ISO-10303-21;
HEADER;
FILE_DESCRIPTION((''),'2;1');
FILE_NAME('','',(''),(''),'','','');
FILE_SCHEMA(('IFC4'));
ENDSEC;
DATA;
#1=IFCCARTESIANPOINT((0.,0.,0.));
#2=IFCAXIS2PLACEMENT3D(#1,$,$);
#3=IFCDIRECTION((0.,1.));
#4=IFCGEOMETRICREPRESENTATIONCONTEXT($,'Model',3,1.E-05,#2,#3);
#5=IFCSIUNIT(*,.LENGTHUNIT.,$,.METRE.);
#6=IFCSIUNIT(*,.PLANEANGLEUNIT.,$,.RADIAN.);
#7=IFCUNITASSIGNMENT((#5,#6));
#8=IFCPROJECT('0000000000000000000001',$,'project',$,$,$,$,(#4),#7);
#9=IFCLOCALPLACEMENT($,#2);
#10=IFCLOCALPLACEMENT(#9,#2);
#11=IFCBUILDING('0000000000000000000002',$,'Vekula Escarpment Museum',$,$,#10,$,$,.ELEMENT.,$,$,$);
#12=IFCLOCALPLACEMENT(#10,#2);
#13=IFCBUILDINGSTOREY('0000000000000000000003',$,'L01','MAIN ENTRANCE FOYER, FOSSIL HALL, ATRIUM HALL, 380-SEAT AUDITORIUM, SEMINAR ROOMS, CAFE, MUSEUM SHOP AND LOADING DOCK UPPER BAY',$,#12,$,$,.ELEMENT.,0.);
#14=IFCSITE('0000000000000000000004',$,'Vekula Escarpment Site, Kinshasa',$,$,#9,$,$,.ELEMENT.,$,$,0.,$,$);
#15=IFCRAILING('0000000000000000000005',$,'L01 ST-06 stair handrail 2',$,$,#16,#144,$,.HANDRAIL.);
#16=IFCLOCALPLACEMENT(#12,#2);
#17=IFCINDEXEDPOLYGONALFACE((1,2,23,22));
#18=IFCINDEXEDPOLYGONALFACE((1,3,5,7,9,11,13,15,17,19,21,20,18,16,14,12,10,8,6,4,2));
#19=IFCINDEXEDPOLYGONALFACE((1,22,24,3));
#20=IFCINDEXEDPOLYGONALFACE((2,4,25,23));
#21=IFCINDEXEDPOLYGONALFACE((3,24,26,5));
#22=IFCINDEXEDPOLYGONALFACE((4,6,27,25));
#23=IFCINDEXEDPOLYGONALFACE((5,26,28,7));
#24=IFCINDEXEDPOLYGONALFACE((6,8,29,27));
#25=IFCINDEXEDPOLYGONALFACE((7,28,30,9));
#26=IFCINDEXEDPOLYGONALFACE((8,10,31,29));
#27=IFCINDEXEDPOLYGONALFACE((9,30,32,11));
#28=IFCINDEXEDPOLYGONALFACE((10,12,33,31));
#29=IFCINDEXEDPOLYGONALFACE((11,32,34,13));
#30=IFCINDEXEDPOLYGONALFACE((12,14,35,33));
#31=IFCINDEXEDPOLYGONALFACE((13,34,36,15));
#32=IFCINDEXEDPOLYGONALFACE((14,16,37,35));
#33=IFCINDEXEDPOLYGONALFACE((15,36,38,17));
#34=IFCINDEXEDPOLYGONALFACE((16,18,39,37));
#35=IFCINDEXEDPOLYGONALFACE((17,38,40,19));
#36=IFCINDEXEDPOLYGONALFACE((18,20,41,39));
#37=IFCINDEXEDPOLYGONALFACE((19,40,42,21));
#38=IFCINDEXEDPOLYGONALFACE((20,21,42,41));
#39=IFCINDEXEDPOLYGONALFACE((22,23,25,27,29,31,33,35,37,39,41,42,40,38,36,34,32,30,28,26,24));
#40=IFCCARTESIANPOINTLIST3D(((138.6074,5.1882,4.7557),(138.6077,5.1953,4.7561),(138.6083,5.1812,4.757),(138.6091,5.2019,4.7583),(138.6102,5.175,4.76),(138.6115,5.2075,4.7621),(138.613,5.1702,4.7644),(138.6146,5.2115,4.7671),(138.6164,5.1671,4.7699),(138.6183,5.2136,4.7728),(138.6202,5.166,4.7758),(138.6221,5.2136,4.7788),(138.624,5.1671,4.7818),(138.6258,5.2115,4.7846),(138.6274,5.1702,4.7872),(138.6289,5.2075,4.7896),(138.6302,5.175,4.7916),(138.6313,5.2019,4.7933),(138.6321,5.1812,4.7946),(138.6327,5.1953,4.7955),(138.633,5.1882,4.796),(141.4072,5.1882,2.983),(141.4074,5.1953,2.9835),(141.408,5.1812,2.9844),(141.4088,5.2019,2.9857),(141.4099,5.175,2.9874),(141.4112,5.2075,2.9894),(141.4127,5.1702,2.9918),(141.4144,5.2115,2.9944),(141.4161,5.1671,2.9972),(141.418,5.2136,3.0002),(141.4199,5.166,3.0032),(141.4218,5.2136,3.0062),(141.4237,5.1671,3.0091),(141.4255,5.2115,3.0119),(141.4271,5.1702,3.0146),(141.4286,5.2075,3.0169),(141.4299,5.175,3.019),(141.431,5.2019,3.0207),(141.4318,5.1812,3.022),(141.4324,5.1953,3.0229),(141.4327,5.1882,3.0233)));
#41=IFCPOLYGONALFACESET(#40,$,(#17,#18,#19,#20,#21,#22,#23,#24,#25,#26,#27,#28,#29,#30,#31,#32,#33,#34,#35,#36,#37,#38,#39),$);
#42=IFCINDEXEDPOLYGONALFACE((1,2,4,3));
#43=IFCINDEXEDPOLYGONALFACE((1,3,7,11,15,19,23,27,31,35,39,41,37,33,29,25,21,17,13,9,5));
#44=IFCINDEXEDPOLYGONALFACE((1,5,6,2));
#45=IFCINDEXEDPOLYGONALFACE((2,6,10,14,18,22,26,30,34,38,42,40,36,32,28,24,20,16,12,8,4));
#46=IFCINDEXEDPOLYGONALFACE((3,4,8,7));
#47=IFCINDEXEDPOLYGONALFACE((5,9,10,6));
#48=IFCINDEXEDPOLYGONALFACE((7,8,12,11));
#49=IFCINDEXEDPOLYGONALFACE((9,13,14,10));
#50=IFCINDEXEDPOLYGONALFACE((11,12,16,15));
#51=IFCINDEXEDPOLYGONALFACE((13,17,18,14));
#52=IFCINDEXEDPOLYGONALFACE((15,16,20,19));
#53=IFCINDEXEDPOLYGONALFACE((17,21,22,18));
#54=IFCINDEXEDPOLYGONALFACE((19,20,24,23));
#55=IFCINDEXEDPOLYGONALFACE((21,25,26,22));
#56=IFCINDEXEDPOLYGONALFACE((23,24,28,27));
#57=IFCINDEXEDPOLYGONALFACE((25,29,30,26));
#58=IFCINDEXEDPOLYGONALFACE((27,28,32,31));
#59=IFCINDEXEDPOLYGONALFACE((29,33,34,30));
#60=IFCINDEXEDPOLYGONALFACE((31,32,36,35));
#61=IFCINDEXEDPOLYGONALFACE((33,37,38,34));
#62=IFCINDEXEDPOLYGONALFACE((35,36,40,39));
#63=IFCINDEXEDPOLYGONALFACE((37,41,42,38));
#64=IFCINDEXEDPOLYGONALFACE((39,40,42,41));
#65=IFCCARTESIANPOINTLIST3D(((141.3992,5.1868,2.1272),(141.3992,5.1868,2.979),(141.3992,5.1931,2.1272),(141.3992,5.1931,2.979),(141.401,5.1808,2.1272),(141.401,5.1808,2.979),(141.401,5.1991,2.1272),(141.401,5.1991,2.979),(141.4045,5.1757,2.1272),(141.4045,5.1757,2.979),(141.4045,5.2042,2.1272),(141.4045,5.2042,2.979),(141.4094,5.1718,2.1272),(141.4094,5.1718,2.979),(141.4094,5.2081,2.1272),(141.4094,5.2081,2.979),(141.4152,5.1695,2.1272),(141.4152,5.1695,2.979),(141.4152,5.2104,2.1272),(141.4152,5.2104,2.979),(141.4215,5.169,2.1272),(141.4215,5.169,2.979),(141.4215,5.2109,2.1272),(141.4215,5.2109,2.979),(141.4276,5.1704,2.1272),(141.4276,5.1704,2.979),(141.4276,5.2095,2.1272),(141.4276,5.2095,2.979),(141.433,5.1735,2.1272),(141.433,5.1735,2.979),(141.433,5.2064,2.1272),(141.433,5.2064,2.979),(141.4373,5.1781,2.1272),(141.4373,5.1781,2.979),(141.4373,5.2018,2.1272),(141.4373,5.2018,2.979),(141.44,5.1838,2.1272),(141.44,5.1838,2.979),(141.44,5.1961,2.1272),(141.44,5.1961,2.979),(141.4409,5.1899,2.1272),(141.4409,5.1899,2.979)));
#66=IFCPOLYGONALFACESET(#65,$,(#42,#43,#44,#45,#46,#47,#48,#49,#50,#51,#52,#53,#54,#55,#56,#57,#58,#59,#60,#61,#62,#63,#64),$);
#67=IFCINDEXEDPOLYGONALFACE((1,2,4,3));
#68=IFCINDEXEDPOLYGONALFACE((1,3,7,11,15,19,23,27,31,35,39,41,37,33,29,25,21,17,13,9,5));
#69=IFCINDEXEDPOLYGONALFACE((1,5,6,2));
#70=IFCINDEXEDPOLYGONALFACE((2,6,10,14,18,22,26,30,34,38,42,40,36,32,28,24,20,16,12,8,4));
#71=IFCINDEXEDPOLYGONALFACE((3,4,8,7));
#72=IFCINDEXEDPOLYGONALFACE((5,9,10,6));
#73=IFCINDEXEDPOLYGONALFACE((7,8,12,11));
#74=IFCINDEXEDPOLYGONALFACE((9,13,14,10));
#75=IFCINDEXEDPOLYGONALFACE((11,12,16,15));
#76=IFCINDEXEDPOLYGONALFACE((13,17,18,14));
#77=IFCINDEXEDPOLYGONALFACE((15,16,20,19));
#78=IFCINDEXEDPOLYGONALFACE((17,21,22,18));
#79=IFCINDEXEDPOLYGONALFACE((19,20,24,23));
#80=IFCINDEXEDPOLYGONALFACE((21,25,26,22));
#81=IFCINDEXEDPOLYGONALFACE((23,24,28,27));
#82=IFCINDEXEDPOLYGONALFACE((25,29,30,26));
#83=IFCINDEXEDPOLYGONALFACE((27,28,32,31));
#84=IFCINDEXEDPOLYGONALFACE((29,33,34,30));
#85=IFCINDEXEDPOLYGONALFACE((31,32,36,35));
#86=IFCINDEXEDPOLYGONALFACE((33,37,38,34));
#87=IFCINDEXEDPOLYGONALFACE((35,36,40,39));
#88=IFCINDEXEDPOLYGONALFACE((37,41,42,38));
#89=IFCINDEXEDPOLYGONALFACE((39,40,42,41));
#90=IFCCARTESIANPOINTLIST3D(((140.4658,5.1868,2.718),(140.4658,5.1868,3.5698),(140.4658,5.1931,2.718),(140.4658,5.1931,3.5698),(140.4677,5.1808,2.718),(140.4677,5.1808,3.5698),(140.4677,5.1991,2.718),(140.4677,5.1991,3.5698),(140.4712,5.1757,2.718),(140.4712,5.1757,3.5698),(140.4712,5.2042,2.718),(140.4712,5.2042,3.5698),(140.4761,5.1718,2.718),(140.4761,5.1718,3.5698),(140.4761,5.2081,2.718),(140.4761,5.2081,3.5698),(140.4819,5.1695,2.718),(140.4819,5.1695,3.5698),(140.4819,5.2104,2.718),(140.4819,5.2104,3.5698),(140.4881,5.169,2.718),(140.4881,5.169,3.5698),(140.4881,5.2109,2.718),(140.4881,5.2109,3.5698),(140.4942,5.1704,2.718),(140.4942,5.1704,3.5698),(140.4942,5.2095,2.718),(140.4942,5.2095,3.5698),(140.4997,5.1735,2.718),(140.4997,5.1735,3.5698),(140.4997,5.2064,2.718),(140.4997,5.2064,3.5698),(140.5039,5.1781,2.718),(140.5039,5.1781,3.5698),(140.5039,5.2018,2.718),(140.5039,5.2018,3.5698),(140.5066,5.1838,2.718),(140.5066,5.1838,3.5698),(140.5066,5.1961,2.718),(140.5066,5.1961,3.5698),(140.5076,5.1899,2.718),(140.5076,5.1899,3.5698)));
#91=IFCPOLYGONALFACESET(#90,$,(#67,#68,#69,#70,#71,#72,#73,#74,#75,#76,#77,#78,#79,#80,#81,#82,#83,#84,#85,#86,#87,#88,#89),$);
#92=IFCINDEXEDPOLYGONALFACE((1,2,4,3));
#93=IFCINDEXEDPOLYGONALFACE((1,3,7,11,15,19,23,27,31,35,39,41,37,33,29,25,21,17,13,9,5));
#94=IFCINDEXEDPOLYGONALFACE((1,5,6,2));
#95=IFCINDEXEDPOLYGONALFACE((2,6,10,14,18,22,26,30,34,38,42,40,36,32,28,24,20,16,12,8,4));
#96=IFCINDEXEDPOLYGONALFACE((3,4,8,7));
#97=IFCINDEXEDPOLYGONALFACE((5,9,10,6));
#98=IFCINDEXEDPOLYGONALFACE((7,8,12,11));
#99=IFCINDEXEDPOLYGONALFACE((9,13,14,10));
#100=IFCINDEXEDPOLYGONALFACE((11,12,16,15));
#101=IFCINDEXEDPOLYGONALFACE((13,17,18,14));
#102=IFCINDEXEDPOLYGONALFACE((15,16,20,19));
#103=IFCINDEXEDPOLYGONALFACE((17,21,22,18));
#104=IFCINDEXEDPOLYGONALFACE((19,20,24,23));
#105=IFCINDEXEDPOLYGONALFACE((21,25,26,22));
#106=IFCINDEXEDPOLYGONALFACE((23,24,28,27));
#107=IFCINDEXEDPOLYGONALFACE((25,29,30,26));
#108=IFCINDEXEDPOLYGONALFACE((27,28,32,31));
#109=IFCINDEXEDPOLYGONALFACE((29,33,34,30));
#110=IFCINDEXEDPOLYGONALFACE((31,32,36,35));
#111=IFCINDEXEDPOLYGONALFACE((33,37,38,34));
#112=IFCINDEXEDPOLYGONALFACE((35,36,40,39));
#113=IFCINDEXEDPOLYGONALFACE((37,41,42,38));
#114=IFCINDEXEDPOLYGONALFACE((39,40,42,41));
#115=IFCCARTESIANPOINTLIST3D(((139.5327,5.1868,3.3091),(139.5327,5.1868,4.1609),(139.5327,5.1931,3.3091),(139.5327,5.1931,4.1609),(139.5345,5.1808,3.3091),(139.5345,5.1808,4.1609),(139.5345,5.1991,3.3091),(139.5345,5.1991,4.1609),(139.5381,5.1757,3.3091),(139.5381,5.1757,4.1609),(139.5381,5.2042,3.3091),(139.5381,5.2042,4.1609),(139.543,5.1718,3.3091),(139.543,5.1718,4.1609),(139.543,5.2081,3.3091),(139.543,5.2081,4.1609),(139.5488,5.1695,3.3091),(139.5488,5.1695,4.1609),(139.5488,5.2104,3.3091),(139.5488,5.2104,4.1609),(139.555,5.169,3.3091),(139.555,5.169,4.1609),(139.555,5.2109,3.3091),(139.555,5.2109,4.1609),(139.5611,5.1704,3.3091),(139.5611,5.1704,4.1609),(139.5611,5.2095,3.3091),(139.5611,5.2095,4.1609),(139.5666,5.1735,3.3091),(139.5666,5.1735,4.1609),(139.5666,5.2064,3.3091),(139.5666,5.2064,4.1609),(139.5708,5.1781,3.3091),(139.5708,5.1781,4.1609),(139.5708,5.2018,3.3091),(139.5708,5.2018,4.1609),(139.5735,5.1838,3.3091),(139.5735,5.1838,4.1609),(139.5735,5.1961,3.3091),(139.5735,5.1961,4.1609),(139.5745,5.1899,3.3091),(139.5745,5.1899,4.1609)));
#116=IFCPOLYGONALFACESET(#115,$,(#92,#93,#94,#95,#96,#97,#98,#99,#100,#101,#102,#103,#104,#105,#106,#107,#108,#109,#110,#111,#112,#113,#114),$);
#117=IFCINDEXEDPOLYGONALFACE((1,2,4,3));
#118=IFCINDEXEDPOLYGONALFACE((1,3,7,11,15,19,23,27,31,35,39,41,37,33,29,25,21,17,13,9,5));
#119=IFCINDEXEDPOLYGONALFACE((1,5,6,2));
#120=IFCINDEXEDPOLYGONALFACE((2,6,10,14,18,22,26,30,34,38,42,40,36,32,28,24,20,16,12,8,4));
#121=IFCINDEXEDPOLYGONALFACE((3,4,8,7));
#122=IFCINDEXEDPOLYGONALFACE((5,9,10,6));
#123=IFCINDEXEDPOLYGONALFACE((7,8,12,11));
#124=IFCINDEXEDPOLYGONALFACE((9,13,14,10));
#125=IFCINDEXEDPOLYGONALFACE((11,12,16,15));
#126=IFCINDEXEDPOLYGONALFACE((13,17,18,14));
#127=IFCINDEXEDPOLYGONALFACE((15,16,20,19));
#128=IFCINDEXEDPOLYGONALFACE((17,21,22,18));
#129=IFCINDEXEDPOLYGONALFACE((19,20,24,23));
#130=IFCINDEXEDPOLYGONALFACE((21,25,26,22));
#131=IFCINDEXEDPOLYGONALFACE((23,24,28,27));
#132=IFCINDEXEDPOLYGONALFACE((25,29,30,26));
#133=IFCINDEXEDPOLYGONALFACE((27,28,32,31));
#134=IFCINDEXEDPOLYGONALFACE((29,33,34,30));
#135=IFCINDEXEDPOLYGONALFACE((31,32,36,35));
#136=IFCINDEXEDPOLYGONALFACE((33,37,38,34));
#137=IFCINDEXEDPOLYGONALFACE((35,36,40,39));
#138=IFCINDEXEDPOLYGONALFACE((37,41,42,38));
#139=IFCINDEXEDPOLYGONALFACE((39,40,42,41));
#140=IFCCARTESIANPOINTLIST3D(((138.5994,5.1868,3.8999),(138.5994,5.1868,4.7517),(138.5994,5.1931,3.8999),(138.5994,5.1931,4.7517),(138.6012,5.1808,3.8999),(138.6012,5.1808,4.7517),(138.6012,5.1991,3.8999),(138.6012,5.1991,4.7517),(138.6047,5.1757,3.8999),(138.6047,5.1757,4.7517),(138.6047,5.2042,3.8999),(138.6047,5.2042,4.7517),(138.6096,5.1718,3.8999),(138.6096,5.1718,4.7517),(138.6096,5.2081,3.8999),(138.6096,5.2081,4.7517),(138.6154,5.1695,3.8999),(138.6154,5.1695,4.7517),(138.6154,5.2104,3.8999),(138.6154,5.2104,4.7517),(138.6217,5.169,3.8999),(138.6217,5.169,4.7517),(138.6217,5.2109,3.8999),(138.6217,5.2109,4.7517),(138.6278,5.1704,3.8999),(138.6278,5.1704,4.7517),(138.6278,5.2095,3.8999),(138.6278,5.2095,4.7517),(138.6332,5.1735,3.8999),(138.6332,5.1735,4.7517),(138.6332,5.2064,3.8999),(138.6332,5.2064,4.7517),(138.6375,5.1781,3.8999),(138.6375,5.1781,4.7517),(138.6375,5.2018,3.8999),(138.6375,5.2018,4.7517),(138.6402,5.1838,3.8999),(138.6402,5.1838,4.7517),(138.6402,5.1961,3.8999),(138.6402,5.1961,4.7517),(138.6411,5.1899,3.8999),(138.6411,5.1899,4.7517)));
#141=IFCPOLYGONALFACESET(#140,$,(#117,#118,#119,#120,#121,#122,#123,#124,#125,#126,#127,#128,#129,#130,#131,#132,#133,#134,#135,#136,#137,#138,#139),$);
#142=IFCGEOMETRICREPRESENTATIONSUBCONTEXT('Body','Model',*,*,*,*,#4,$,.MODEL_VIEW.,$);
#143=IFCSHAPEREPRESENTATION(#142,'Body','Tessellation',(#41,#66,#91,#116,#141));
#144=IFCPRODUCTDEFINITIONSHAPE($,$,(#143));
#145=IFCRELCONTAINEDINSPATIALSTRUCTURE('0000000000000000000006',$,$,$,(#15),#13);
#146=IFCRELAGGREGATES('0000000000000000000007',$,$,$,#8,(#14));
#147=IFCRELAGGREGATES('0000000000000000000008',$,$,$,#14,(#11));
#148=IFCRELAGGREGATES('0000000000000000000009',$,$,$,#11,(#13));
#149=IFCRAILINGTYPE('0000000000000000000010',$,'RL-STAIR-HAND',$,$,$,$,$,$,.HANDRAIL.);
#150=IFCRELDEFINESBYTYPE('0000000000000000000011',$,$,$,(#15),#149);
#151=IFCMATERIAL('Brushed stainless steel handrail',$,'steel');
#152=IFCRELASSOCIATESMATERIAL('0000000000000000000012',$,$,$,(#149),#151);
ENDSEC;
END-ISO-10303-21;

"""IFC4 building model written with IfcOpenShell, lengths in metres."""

from ifc_helpers import new_model, si_unit, direction, frame, origin, origin_2d, place, context, subcontext, project, spatial, circle, extrude, material, type_object, element, save


model = new_model("IFC4")

# Units and contexts
model_context = context("Model", 3, precision=1e-05, world=origin(), true_north=direction((0.0, 1.0)))
body_context = subcontext(model_context, "Body", "Model", "MODEL_VIEW")
ifc_project = project(units=[si_unit("LENGTHUNIT", "METRE"), si_unit("PLANEANGLEUNIT", "RADIAN")], contexts=[model_context])

# Site, building, storey
site_placement = place(None, origin())
site = spatial("IfcSite", under=ifc_project, at=site_placement, Name="Vekula Escarpment Site, Kinshasa", CompositionType="ELEMENT", RefElevation=0.0)
building_placement = place(site_placement, origin())
building = spatial("IfcBuilding", under=site, at=building_placement, Name="Vekula Escarpment Museum", CompositionType="ELEMENT")
storey_placement = place(building_placement, origin())
storey = spatial("IfcBuildingStorey", under=building, at=storey_placement, Name="L01", Description="MAIN ENTRANCE FOYER, FOSSIL HALL, ATRIUM HALL, 380-SEAT AUDITORIUM, SEMINAR ROOMS, CAFE, MUSEUM SHOP AND LOADING DOCK UPPER BAY", CompositionType="ELEMENT", Elevation=0.0)

# Railing
ifc_material_1 = material(Name="Brushed stainless steel handrail", Category="steel")
railing_type_1 = type_object("IfcRailingType", Name="RL-STAIR-HAND", PredefinedType="HANDRAIL", material=ifc_material_1)
for number, where, name in (
    (1, (141.4199, 5.1899, 2.1272), "L01 ST-06 stair handrail 2"),
):
    element("IfcRailing", number, at=place(storey_placement, frame(where)), inside=storey, type_object=railing_type_1, Name=name, PredefinedType="HANDRAIL", context=body_context, shape_type="SweptSolid", body=[
        extrude(circle(Radius=0.0239, at=origin_2d()), frame((0.0, 0.0, 0.876), z_axis=(-0.844888, 0.0, 0.534943), x_axis=(0.0, -1.0, 0.0)), (0.0, 0.0, 1.0), 3.3137),
        extrude(circle(Radius=0.021, at=origin_2d()), origin(), (0.0, 0.0, 1.0), 0.8518),
        extrude(circle(Radius=0.021, at=origin_2d()), frame((-0.9333, 0.0, 0.5908)), (0.0, 0.0, 1.0), 0.8518),
        extrude(circle(Radius=0.021, at=origin_2d()), frame((-1.8665, 0.0, 1.1819)), (0.0, 0.0, 1.0), 0.8518),
        extrude(circle(Radius=0.021, at=origin_2d()), frame((-2.7998, 0.0, 1.7727)), (0.0, 0.0, 1.0), 0.8518),
    ])

save(model, "model.ifc")
